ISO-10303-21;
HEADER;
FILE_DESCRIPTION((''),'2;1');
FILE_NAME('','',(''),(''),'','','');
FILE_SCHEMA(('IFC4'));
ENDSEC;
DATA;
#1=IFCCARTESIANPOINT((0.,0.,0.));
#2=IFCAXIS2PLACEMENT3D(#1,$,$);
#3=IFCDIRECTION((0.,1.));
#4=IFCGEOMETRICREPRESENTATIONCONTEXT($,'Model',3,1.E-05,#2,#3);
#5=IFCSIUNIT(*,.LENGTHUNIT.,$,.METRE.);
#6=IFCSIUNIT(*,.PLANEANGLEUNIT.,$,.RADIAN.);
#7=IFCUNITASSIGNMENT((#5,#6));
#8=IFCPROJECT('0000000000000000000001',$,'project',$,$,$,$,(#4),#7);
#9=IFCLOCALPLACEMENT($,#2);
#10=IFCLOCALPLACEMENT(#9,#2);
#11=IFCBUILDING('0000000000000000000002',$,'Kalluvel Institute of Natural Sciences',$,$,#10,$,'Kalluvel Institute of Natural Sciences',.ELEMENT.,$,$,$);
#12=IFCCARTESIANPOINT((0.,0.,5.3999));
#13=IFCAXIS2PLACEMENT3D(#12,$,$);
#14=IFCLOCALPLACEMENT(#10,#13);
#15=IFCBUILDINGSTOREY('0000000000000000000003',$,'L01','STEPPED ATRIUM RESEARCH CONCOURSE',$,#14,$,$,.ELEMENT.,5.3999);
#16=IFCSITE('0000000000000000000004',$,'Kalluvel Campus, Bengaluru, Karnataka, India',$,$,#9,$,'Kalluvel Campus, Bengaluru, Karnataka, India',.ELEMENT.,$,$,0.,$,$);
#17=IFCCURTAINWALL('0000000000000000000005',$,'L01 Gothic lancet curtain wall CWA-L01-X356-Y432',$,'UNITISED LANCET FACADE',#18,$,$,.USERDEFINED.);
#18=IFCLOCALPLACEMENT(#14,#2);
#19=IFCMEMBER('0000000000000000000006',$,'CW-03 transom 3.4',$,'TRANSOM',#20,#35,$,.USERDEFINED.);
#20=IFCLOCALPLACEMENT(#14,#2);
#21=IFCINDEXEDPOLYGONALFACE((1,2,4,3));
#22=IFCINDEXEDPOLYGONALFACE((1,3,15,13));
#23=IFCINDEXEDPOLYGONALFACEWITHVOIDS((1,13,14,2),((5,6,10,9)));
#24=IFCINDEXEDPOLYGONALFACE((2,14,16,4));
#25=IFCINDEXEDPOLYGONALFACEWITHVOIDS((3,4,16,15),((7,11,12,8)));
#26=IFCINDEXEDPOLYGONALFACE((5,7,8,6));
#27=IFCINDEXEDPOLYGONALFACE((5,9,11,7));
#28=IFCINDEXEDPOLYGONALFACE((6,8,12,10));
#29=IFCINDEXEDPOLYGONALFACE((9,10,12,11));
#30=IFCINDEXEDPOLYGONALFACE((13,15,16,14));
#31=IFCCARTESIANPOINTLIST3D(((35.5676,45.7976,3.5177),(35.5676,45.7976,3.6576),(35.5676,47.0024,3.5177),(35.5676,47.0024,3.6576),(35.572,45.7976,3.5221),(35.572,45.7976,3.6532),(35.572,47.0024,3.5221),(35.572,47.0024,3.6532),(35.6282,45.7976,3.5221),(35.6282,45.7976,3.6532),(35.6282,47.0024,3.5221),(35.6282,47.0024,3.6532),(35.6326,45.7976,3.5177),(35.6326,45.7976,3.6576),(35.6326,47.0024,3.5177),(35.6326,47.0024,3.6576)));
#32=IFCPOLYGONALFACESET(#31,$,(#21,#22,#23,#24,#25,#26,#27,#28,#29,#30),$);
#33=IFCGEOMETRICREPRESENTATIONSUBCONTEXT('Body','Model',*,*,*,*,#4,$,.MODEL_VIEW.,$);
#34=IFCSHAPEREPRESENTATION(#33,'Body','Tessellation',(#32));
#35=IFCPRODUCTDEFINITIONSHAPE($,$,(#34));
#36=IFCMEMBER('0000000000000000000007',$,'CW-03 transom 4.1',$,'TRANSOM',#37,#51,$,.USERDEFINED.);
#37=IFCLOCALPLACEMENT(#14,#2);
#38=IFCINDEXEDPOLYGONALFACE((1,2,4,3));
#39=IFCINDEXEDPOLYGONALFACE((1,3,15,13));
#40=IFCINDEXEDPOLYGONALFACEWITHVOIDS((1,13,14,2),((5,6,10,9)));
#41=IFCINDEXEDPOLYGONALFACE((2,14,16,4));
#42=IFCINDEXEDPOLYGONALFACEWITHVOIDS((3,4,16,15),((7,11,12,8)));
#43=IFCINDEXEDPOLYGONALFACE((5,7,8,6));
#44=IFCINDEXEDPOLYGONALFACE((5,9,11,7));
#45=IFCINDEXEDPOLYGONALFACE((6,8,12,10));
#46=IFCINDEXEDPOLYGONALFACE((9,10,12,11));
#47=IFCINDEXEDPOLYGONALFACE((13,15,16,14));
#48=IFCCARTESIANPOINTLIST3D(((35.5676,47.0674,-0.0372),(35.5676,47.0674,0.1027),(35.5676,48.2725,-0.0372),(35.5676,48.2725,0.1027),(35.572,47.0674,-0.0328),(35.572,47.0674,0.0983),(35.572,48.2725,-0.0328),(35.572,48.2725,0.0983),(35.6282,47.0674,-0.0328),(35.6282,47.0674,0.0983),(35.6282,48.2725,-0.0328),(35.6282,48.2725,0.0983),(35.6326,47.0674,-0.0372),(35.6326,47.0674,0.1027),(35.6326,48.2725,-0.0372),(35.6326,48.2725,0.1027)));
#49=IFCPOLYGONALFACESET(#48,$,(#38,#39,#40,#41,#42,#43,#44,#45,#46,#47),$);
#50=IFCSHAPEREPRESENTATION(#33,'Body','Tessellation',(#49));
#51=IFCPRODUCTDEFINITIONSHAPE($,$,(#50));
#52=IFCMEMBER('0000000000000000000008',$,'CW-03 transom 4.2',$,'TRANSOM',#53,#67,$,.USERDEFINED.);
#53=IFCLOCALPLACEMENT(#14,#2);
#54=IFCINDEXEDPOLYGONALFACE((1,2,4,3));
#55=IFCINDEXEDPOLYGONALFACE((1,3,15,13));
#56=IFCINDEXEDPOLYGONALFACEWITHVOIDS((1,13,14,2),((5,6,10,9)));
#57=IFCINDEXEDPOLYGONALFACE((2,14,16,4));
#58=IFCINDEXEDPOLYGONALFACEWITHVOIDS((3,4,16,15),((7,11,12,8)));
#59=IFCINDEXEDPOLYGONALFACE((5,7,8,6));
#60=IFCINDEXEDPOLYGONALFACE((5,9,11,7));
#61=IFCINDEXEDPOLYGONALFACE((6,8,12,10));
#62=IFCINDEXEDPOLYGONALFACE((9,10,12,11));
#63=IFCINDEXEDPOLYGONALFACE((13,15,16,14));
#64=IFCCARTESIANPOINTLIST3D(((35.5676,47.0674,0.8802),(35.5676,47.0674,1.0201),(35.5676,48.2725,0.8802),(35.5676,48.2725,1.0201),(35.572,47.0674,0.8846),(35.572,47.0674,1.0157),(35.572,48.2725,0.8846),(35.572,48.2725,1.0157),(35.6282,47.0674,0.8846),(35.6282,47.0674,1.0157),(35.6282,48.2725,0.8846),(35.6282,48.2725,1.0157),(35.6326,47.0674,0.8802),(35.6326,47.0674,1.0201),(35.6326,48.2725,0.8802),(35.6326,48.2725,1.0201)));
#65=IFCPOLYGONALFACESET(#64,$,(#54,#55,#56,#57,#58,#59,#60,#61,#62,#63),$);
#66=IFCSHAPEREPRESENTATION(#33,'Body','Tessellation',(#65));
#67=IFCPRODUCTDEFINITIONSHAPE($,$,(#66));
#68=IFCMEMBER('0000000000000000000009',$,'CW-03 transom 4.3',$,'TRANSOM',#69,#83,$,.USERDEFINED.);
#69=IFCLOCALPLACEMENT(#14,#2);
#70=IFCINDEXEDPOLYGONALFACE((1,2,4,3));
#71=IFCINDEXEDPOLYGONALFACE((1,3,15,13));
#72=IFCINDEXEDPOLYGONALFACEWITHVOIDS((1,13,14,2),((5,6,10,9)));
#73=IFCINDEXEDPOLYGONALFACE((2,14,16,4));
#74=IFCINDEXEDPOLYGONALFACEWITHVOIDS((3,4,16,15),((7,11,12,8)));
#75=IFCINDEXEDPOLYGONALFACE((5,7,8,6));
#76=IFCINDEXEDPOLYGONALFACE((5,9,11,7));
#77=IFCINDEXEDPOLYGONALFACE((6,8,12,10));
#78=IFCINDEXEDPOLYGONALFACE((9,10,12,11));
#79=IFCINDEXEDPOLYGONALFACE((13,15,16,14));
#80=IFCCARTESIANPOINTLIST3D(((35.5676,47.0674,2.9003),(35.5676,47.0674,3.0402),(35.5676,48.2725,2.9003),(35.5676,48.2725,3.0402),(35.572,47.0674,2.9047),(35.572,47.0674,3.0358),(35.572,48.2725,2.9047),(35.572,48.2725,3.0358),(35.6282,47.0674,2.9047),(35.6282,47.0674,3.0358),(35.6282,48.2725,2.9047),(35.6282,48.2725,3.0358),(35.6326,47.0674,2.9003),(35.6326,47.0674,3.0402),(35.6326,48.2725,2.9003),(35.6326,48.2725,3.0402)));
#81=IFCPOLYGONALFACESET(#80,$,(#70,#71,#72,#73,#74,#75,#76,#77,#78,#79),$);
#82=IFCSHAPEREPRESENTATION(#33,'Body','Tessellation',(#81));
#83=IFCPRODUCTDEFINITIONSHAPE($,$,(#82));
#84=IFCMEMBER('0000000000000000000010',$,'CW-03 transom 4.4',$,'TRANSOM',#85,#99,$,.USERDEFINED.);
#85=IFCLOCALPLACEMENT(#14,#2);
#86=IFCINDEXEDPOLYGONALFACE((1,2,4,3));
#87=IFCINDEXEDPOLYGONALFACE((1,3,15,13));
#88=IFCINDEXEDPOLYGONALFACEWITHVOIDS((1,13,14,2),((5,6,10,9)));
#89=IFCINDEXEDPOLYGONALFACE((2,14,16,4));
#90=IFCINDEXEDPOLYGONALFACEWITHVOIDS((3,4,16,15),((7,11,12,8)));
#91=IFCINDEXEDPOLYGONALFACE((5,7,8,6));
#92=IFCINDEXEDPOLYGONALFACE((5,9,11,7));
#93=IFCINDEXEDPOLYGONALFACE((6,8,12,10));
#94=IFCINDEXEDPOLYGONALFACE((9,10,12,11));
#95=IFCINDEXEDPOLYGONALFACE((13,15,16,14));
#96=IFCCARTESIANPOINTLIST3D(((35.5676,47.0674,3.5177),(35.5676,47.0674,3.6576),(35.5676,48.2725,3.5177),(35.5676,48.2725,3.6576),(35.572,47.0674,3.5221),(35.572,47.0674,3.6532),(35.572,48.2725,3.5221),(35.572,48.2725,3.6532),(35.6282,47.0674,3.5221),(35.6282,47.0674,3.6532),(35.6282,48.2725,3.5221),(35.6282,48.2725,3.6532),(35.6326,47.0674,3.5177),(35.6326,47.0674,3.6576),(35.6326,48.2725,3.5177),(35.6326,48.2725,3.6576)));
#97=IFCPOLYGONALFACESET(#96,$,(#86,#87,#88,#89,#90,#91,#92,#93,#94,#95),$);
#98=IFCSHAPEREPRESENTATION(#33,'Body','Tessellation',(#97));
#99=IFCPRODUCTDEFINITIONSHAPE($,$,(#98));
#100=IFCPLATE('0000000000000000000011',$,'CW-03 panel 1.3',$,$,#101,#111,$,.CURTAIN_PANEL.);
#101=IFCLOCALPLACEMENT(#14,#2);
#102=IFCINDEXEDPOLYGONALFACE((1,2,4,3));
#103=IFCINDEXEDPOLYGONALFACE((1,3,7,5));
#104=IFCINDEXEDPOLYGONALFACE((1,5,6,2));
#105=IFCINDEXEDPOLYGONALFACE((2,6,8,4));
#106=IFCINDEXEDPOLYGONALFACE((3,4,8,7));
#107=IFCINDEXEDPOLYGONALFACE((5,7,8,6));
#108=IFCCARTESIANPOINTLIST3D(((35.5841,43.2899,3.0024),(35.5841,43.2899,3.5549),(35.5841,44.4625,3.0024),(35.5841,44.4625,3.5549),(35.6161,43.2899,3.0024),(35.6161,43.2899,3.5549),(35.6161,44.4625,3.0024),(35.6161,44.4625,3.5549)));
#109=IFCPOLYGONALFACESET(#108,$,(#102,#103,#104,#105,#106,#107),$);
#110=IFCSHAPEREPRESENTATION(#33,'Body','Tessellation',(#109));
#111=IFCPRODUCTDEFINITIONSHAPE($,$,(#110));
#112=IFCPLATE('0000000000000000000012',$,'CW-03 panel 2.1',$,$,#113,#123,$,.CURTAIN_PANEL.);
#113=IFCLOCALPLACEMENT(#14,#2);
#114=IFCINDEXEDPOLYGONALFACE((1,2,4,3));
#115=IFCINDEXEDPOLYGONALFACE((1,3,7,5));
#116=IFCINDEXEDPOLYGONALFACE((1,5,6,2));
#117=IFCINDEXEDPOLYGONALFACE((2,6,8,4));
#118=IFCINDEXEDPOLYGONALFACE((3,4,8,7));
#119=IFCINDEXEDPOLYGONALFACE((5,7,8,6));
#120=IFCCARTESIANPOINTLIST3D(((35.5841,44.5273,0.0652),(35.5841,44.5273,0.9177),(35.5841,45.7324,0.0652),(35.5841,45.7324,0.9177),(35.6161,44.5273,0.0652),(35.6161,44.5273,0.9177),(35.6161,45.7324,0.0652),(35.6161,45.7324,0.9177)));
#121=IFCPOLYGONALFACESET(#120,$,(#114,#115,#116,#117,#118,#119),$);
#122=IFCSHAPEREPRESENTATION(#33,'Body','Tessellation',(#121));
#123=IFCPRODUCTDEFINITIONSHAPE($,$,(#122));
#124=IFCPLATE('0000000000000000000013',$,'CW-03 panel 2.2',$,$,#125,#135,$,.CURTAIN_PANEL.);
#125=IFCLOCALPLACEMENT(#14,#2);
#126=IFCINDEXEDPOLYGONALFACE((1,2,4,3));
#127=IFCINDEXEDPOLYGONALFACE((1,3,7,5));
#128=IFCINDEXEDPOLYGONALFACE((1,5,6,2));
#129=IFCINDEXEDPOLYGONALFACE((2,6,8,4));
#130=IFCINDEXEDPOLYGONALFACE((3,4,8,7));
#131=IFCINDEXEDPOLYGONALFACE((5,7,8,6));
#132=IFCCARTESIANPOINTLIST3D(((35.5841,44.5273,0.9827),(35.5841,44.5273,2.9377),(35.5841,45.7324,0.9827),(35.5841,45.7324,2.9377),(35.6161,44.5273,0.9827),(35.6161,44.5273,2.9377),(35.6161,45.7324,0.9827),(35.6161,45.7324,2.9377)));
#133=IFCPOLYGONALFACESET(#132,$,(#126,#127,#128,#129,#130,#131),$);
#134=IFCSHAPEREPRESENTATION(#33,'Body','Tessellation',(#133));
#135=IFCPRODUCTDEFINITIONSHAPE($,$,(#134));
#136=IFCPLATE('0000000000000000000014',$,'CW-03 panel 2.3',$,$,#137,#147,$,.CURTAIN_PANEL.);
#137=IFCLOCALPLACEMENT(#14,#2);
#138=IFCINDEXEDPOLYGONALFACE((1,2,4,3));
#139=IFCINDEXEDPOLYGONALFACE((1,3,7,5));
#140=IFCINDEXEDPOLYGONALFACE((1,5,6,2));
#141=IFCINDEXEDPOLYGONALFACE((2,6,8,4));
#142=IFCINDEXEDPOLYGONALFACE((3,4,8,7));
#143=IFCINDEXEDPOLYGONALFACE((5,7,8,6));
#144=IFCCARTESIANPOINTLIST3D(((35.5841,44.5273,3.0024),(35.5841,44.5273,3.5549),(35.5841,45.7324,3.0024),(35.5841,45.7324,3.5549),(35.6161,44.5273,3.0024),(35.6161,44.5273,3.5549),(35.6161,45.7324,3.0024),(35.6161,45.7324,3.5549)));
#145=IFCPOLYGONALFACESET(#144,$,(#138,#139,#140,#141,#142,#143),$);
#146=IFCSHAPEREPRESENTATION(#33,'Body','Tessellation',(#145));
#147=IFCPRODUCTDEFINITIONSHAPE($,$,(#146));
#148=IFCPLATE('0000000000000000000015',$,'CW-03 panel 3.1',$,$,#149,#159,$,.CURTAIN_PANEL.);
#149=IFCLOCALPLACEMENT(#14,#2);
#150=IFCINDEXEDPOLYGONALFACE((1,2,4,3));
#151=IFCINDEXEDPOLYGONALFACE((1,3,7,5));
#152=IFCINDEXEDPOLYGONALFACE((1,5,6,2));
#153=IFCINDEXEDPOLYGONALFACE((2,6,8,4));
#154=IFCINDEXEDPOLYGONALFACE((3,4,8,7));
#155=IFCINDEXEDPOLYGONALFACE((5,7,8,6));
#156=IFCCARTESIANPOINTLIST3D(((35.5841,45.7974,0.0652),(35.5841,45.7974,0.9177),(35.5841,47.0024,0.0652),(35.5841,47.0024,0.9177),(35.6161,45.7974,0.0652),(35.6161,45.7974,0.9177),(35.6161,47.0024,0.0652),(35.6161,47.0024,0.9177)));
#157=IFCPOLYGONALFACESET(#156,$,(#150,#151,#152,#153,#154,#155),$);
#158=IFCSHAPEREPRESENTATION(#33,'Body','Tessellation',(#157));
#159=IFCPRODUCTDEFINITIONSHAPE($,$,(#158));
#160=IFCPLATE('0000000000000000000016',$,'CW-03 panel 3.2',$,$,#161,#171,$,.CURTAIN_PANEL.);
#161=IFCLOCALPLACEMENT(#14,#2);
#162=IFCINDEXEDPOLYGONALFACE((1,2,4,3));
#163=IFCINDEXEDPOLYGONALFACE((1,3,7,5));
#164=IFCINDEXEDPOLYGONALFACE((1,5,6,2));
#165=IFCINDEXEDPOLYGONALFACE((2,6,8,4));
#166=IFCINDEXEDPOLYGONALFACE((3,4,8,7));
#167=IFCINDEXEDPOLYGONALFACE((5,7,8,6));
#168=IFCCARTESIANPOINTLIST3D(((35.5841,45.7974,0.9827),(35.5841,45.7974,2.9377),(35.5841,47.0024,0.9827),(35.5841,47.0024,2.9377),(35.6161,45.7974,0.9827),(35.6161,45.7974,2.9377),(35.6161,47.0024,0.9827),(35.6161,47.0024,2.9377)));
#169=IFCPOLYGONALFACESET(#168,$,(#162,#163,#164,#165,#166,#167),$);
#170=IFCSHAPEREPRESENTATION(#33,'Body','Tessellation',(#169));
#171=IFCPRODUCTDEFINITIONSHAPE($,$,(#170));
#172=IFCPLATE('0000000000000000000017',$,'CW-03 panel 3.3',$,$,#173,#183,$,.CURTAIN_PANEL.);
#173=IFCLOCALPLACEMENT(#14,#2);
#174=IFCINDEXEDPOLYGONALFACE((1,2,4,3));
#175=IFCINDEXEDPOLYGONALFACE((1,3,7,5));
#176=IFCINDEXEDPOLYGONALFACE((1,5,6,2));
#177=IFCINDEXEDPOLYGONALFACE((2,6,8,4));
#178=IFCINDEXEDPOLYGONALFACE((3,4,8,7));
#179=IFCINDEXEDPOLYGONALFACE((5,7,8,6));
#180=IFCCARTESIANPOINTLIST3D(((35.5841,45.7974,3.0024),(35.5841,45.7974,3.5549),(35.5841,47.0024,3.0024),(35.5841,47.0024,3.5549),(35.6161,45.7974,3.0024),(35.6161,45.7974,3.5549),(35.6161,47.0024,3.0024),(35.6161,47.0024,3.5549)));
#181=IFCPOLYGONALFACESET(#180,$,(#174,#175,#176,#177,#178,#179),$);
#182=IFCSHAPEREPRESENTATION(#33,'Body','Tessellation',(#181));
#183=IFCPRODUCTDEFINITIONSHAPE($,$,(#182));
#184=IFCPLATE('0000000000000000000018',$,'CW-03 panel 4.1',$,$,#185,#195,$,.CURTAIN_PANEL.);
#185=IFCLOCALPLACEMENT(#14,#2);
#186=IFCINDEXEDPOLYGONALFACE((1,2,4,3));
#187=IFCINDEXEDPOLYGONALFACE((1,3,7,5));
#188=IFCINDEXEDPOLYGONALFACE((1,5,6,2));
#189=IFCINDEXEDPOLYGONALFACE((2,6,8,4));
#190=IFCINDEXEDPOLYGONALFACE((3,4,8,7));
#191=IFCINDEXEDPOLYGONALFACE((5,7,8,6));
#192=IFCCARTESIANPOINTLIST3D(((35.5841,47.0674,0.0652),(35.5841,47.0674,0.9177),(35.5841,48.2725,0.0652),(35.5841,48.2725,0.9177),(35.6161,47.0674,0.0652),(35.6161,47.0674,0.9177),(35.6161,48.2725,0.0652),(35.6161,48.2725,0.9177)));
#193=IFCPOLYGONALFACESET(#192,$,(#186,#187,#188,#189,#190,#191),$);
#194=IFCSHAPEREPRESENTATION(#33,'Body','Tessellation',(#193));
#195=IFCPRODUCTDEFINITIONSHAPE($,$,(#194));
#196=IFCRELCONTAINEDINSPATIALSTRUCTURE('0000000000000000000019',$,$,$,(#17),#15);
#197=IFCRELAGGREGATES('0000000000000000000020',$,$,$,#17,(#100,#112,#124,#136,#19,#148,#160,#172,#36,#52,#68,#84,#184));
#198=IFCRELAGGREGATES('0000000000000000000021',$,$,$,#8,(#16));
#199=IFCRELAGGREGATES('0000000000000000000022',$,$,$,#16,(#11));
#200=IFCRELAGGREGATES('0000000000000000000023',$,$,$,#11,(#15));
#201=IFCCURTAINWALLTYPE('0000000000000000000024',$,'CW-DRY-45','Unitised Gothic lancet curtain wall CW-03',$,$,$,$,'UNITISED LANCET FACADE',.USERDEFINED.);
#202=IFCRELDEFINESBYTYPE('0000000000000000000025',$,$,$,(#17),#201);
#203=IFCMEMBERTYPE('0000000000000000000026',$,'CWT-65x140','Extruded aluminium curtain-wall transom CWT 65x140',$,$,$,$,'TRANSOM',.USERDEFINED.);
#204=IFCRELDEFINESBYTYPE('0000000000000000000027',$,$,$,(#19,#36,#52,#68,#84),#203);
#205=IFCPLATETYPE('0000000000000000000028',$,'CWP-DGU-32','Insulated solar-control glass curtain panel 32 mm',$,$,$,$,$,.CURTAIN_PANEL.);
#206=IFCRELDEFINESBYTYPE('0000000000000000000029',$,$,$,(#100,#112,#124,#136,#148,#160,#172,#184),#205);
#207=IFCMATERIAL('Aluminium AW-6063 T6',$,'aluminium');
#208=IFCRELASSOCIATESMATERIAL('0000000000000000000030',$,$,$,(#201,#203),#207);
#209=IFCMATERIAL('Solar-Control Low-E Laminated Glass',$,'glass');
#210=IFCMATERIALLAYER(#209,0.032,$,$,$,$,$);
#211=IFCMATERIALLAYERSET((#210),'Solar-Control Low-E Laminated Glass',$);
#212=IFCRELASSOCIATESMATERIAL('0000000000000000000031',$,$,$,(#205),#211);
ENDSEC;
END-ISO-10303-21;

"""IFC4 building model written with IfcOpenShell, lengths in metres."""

from ifc_helpers import new_model, si_unit, direction, frame, origin, origin_2d, place, context, subcontext, project, spatial, rectangle, hollow_rectangle, extrude, material, layer, layer_set, material_profile, profile_set, type_object, element, aggregate, save


model = new_model("IFC4")

# Units and contexts
model_context = context("Model", 3, precision=1e-05, world=origin(), true_north=direction((0.0, 1.0)))
body_context = subcontext(model_context, "Body", "Model", "MODEL_VIEW")
ifc_project = project(units=[si_unit("LENGTHUNIT", "METRE"), si_unit("PLANEANGLEUNIT", "RADIAN")], contexts=[model_context])

# Site, building, storey
site_placement = place(None, origin())
site = spatial("IfcSite", under=ifc_project, at=site_placement, Name="Kalluvel Campus, Bengaluru, Karnataka, India", LongName="Kalluvel Campus, Bengaluru, Karnataka, India", CompositionType="ELEMENT", RefElevation=0.0)
building_placement = place(site_placement, origin())
building = spatial("IfcBuilding", under=site, at=building_placement, Name="Kalluvel Institute of Natural Sciences", LongName="Kalluvel Institute of Natural Sciences", CompositionType="ELEMENT")
storey_placement = place(building_placement, frame((0.0, 0.0, 5.3999)))
storey = spatial("IfcBuildingStorey", under=building, at=storey_placement, Name="L01", Description="STEPPED ATRIUM RESEARCH CONCOURSE", CompositionType="ELEMENT", Elevation=5.3999)

# Curtain wall, members, plates
ifc_material_1 = material(Name="Aluminium AW-6063 T6", Category="aluminium")
curtain_wall_type = type_object("IfcCurtainWallType", Name="CW-DRY-45", Description="Unitised Gothic lancet curtain wall CW-03", ElementType="UNITISED LANCET FACADE", PredefinedType="USERDEFINED", material=ifc_material_1)
curtain_wall_placement = place(storey_placement, origin())
curtain_wall = element("IfcCurtainWall", 1, at=curtain_wall_placement, inside=storey, type_object=curtain_wall_type, Name="L01 Gothic lancet curtain wall CWA-L01-X356-Y432", ObjectType="UNITISED LANCET FACADE", PredefinedType="USERDEFINED")
ifc_material_profile_1 = material_profile(ifc_material_1, hollow_rectangle(XDim=0.0649, YDim=0.1399, WallThickness=0.0044, at=origin_2d()), Name="CWT 65x140")
ifc_profile_set_1 = profile_set([ifc_material_profile_1], Name="Aluminium AW-6063 T6")
member_type_1 = type_object("IfcMemberType", Name="CWT-65x140", Description="Extruded aluminium curtain-wall transom CWT 65x140", ElementType="TRANSOM", PredefinedType="USERDEFINED", material=ifc_profile_set_1)
member_1_placement = place(storey_placement, frame((35.6001, 45.7976, 3.5876), z_axis=(0.0, 1.0, 0.0), x_axis=(-1.0, 0.0, 0.0)))
member_1 = element("IfcMember", 2, at=member_1_placement, type_object=member_type_1, Name="CW-03 transom 3.4", ObjectType="TRANSOM", PredefinedType="USERDEFINED", context=body_context, shape_type="SweptSolid", body=[
    extrude(hollow_rectangle(XDim=0.0649, YDim=0.1399, WallThickness=0.0044, at=origin_2d()), origin(), (0.0, 0.0, 1.0), 1.2048),
])
member_2_placement = place(storey_placement, frame((35.6001, 47.0674, 0.0327), z_axis=(0.0, 1.0, 0.0), x_axis=(-1.0, 0.0, 0.0)))
member_2 = element("IfcMember", 3, at=member_2_placement, type_object=member_type_1, Name="CW-03 transom 4.1", ObjectType="TRANSOM", PredefinedType="USERDEFINED", context=body_context, shape_type="SweptSolid", body=[
    extrude(hollow_rectangle(XDim=0.0649, YDim=0.1399, WallThickness=0.0044, at=origin_2d()), origin(), (0.0, 0.0, 1.0), 1.2051),
])
member_3_placement = place(storey_placement, frame((35.6001, 47.0674, 0.9502), z_axis=(0.0, 1.0, 0.0), x_axis=(-1.0, 0.0, 0.0)))
member_3 = element("IfcMember", 4, at=member_3_placement, type_object=member_type_1, Name="CW-03 transom 4.2", ObjectType="TRANSOM", PredefinedType="USERDEFINED", context=body_context, shape_type="SweptSolid", body=[
    extrude(hollow_rectangle(XDim=0.0649, YDim=0.1399, WallThickness=0.0044, at=origin_2d()), origin(), (0.0, 0.0, 1.0), 1.2051),
])
member_4_placement = place(storey_placement, frame((35.6001, 47.0674, 2.9702), z_axis=(0.0, 1.0, 0.0), x_axis=(-1.0, 0.0, 0.0)))
member_4 = element("IfcMember", 5, at=member_4_placement, type_object=member_type_1, Name="CW-03 transom 4.3", ObjectType="TRANSOM", PredefinedType="USERDEFINED", context=body_context, shape_type="SweptSolid", body=[
    extrude(hollow_rectangle(XDim=0.0649, YDim=0.1399, WallThickness=0.0044, at=origin_2d()), origin(), (0.0, 0.0, 1.0), 1.2051),
])
member_5_placement = place(storey_placement, frame((35.6001, 47.0674, 3.5876), z_axis=(0.0, 1.0, 0.0), x_axis=(-1.0, 0.0, 0.0)))
member_5 = element("IfcMember", 6, at=member_5_placement, type_object=member_type_1, Name="CW-03 transom 4.4", ObjectType="TRANSOM", PredefinedType="USERDEFINED", context=body_context, shape_type="SweptSolid", body=[
    extrude(hollow_rectangle(XDim=0.0649, YDim=0.1399, WallThickness=0.0044, at=origin_2d()), origin(), (0.0, 0.0, 1.0), 1.2051),
])
ifc_material_2 = material(Name="Solar-Control Low-E Laminated Glass", Category="glass")
ifc_layer = layer(ifc_material_2, 0.032)
ifc_layer_set = layer_set([ifc_layer], Name="Solar-Control Low-E Laminated Glass")
plate_type = type_object("IfcPlateType", Name="CWP-DGU-32", Description="Insulated solar-control glass curtain panel 32 mm", PredefinedType="CURTAIN_PANEL", material=ifc_layer_set)
plate_1_placement = place(storey_placement, frame((35.6001, 43.8762, 3.0024), z_axis=(0.0, 0.0, 1.0), x_axis=(0.0, 1.0, 0.0)))
plate_1 = element("IfcPlate", 7, at=plate_1_placement, type_object=plate_type, Name="CW-03 panel 1.3", PredefinedType="CURTAIN_PANEL", context=body_context, shape_type="SweptSolid", body=[
    extrude(rectangle(XDim=1.1726, YDim=0.032, at=origin_2d()), origin(), (0.0, 0.0, 1.0), 0.5525),
])
plate_2_placement = place(storey_placement, frame((35.6001, 45.1299, 0.0652), z_axis=(0.0, 0.0, 1.0), x_axis=(0.0, 1.0, 0.0)))
plate_2 = element("IfcPlate", 8, at=plate_2_placement, type_object=plate_type, Name="CW-03 panel 2.1", PredefinedType="CURTAIN_PANEL", context=body_context, shape_type="SweptSolid", body=[
    extrude(rectangle(XDim=1.2051, YDim=0.032, at=origin_2d()), origin(), (0.0, 0.0, 1.0), 0.8525),
])
plate_3_placement = place(storey_placement, frame((35.6001, 45.1299, 0.9827), z_axis=(0.0, 0.0, 1.0), x_axis=(0.0, 1.0, 0.0)))
plate_3 = element("IfcPlate", 9, at=plate_3_placement, type_object=plate_type, Name="CW-03 panel 2.2", PredefinedType="CURTAIN_PANEL", context=body_context, shape_type="SweptSolid", body=[
    extrude(rectangle(XDim=1.2051, YDim=0.032, at=origin_2d()), origin(), (0.0, 0.0, 1.0), 1.9551),
])
plate_4_placement = place(storey_placement, frame((35.6001, 45.1299, 3.0024), z_axis=(0.0, 0.0, 1.0), x_axis=(0.0, 1.0, 0.0)))
plate_4 = element("IfcPlate", 10, at=plate_4_placement, type_object=plate_type, Name="CW-03 panel 2.3", PredefinedType="CURTAIN_PANEL", context=body_context, shape_type="SweptSolid", body=[
    extrude(rectangle(XDim=1.2051, YDim=0.032, at=origin_2d()), origin(), (0.0, 0.0, 1.0), 0.5525),
])
plate_5_placement = place(storey_placement, frame((35.6001, 46.3999, 0.0652), z_axis=(0.0, 0.0, 1.0), x_axis=(0.0, 1.0, 0.0)))
plate_5 = element("IfcPlate", 11, at=plate_5_placement, type_object=plate_type, Name="CW-03 panel 3.1", PredefinedType="CURTAIN_PANEL", context=body_context, shape_type="SweptSolid", body=[
    extrude(rectangle(XDim=1.2051, YDim=0.032, at=origin_2d()), origin(), (0.0, 0.0, 1.0), 0.8525),
])
plate_6_placement = place(storey_placement, frame((35.6001, 46.3999, 0.9827), z_axis=(0.0, 0.0, 1.0), x_axis=(0.0, 1.0, 0.0)))
plate_6 = element("IfcPlate", 12, at=plate_6_placement, type_object=plate_type, Name="CW-03 panel 3.2", PredefinedType="CURTAIN_PANEL", context=body_context, shape_type="SweptSolid", body=[
    extrude(rectangle(XDim=1.2051, YDim=0.032, at=origin_2d()), origin(), (0.0, 0.0, 1.0), 1.9551),
])
plate_7_placement = place(storey_placement, frame((35.6001, 46.3999, 3.0024), z_axis=(0.0, 0.0, 1.0), x_axis=(0.0, 1.0, 0.0)))
plate_7 = element("IfcPlate", 13, at=plate_7_placement, type_object=plate_type, Name="CW-03 panel 3.3", PredefinedType="CURTAIN_PANEL", context=body_context, shape_type="SweptSolid", body=[
    extrude(rectangle(XDim=1.2051, YDim=0.032, at=origin_2d()), origin(), (0.0, 0.0, 1.0), 0.5525),
])
plate_8_placement = place(storey_placement, frame((35.6001, 47.6699, 0.0652), z_axis=(0.0, 0.0, 1.0), x_axis=(0.0, 1.0, 0.0)))
plate_8 = element("IfcPlate", 14, at=plate_8_placement, type_object=plate_type, Name="CW-03 panel 4.1", PredefinedType="CURTAIN_PANEL", context=body_context, shape_type="SweptSolid", body=[
    extrude(rectangle(XDim=1.2051, YDim=0.032, at=origin_2d()), origin(), (0.0, 0.0, 1.0), 0.8525),
])
aggregate(curtain_wall, [plate_1, plate_2, plate_3, plate_4, member_1, plate_5, plate_6, plate_7, member_2, member_3, member_4, member_5, plate_8])

save(model, "model.ifc")
